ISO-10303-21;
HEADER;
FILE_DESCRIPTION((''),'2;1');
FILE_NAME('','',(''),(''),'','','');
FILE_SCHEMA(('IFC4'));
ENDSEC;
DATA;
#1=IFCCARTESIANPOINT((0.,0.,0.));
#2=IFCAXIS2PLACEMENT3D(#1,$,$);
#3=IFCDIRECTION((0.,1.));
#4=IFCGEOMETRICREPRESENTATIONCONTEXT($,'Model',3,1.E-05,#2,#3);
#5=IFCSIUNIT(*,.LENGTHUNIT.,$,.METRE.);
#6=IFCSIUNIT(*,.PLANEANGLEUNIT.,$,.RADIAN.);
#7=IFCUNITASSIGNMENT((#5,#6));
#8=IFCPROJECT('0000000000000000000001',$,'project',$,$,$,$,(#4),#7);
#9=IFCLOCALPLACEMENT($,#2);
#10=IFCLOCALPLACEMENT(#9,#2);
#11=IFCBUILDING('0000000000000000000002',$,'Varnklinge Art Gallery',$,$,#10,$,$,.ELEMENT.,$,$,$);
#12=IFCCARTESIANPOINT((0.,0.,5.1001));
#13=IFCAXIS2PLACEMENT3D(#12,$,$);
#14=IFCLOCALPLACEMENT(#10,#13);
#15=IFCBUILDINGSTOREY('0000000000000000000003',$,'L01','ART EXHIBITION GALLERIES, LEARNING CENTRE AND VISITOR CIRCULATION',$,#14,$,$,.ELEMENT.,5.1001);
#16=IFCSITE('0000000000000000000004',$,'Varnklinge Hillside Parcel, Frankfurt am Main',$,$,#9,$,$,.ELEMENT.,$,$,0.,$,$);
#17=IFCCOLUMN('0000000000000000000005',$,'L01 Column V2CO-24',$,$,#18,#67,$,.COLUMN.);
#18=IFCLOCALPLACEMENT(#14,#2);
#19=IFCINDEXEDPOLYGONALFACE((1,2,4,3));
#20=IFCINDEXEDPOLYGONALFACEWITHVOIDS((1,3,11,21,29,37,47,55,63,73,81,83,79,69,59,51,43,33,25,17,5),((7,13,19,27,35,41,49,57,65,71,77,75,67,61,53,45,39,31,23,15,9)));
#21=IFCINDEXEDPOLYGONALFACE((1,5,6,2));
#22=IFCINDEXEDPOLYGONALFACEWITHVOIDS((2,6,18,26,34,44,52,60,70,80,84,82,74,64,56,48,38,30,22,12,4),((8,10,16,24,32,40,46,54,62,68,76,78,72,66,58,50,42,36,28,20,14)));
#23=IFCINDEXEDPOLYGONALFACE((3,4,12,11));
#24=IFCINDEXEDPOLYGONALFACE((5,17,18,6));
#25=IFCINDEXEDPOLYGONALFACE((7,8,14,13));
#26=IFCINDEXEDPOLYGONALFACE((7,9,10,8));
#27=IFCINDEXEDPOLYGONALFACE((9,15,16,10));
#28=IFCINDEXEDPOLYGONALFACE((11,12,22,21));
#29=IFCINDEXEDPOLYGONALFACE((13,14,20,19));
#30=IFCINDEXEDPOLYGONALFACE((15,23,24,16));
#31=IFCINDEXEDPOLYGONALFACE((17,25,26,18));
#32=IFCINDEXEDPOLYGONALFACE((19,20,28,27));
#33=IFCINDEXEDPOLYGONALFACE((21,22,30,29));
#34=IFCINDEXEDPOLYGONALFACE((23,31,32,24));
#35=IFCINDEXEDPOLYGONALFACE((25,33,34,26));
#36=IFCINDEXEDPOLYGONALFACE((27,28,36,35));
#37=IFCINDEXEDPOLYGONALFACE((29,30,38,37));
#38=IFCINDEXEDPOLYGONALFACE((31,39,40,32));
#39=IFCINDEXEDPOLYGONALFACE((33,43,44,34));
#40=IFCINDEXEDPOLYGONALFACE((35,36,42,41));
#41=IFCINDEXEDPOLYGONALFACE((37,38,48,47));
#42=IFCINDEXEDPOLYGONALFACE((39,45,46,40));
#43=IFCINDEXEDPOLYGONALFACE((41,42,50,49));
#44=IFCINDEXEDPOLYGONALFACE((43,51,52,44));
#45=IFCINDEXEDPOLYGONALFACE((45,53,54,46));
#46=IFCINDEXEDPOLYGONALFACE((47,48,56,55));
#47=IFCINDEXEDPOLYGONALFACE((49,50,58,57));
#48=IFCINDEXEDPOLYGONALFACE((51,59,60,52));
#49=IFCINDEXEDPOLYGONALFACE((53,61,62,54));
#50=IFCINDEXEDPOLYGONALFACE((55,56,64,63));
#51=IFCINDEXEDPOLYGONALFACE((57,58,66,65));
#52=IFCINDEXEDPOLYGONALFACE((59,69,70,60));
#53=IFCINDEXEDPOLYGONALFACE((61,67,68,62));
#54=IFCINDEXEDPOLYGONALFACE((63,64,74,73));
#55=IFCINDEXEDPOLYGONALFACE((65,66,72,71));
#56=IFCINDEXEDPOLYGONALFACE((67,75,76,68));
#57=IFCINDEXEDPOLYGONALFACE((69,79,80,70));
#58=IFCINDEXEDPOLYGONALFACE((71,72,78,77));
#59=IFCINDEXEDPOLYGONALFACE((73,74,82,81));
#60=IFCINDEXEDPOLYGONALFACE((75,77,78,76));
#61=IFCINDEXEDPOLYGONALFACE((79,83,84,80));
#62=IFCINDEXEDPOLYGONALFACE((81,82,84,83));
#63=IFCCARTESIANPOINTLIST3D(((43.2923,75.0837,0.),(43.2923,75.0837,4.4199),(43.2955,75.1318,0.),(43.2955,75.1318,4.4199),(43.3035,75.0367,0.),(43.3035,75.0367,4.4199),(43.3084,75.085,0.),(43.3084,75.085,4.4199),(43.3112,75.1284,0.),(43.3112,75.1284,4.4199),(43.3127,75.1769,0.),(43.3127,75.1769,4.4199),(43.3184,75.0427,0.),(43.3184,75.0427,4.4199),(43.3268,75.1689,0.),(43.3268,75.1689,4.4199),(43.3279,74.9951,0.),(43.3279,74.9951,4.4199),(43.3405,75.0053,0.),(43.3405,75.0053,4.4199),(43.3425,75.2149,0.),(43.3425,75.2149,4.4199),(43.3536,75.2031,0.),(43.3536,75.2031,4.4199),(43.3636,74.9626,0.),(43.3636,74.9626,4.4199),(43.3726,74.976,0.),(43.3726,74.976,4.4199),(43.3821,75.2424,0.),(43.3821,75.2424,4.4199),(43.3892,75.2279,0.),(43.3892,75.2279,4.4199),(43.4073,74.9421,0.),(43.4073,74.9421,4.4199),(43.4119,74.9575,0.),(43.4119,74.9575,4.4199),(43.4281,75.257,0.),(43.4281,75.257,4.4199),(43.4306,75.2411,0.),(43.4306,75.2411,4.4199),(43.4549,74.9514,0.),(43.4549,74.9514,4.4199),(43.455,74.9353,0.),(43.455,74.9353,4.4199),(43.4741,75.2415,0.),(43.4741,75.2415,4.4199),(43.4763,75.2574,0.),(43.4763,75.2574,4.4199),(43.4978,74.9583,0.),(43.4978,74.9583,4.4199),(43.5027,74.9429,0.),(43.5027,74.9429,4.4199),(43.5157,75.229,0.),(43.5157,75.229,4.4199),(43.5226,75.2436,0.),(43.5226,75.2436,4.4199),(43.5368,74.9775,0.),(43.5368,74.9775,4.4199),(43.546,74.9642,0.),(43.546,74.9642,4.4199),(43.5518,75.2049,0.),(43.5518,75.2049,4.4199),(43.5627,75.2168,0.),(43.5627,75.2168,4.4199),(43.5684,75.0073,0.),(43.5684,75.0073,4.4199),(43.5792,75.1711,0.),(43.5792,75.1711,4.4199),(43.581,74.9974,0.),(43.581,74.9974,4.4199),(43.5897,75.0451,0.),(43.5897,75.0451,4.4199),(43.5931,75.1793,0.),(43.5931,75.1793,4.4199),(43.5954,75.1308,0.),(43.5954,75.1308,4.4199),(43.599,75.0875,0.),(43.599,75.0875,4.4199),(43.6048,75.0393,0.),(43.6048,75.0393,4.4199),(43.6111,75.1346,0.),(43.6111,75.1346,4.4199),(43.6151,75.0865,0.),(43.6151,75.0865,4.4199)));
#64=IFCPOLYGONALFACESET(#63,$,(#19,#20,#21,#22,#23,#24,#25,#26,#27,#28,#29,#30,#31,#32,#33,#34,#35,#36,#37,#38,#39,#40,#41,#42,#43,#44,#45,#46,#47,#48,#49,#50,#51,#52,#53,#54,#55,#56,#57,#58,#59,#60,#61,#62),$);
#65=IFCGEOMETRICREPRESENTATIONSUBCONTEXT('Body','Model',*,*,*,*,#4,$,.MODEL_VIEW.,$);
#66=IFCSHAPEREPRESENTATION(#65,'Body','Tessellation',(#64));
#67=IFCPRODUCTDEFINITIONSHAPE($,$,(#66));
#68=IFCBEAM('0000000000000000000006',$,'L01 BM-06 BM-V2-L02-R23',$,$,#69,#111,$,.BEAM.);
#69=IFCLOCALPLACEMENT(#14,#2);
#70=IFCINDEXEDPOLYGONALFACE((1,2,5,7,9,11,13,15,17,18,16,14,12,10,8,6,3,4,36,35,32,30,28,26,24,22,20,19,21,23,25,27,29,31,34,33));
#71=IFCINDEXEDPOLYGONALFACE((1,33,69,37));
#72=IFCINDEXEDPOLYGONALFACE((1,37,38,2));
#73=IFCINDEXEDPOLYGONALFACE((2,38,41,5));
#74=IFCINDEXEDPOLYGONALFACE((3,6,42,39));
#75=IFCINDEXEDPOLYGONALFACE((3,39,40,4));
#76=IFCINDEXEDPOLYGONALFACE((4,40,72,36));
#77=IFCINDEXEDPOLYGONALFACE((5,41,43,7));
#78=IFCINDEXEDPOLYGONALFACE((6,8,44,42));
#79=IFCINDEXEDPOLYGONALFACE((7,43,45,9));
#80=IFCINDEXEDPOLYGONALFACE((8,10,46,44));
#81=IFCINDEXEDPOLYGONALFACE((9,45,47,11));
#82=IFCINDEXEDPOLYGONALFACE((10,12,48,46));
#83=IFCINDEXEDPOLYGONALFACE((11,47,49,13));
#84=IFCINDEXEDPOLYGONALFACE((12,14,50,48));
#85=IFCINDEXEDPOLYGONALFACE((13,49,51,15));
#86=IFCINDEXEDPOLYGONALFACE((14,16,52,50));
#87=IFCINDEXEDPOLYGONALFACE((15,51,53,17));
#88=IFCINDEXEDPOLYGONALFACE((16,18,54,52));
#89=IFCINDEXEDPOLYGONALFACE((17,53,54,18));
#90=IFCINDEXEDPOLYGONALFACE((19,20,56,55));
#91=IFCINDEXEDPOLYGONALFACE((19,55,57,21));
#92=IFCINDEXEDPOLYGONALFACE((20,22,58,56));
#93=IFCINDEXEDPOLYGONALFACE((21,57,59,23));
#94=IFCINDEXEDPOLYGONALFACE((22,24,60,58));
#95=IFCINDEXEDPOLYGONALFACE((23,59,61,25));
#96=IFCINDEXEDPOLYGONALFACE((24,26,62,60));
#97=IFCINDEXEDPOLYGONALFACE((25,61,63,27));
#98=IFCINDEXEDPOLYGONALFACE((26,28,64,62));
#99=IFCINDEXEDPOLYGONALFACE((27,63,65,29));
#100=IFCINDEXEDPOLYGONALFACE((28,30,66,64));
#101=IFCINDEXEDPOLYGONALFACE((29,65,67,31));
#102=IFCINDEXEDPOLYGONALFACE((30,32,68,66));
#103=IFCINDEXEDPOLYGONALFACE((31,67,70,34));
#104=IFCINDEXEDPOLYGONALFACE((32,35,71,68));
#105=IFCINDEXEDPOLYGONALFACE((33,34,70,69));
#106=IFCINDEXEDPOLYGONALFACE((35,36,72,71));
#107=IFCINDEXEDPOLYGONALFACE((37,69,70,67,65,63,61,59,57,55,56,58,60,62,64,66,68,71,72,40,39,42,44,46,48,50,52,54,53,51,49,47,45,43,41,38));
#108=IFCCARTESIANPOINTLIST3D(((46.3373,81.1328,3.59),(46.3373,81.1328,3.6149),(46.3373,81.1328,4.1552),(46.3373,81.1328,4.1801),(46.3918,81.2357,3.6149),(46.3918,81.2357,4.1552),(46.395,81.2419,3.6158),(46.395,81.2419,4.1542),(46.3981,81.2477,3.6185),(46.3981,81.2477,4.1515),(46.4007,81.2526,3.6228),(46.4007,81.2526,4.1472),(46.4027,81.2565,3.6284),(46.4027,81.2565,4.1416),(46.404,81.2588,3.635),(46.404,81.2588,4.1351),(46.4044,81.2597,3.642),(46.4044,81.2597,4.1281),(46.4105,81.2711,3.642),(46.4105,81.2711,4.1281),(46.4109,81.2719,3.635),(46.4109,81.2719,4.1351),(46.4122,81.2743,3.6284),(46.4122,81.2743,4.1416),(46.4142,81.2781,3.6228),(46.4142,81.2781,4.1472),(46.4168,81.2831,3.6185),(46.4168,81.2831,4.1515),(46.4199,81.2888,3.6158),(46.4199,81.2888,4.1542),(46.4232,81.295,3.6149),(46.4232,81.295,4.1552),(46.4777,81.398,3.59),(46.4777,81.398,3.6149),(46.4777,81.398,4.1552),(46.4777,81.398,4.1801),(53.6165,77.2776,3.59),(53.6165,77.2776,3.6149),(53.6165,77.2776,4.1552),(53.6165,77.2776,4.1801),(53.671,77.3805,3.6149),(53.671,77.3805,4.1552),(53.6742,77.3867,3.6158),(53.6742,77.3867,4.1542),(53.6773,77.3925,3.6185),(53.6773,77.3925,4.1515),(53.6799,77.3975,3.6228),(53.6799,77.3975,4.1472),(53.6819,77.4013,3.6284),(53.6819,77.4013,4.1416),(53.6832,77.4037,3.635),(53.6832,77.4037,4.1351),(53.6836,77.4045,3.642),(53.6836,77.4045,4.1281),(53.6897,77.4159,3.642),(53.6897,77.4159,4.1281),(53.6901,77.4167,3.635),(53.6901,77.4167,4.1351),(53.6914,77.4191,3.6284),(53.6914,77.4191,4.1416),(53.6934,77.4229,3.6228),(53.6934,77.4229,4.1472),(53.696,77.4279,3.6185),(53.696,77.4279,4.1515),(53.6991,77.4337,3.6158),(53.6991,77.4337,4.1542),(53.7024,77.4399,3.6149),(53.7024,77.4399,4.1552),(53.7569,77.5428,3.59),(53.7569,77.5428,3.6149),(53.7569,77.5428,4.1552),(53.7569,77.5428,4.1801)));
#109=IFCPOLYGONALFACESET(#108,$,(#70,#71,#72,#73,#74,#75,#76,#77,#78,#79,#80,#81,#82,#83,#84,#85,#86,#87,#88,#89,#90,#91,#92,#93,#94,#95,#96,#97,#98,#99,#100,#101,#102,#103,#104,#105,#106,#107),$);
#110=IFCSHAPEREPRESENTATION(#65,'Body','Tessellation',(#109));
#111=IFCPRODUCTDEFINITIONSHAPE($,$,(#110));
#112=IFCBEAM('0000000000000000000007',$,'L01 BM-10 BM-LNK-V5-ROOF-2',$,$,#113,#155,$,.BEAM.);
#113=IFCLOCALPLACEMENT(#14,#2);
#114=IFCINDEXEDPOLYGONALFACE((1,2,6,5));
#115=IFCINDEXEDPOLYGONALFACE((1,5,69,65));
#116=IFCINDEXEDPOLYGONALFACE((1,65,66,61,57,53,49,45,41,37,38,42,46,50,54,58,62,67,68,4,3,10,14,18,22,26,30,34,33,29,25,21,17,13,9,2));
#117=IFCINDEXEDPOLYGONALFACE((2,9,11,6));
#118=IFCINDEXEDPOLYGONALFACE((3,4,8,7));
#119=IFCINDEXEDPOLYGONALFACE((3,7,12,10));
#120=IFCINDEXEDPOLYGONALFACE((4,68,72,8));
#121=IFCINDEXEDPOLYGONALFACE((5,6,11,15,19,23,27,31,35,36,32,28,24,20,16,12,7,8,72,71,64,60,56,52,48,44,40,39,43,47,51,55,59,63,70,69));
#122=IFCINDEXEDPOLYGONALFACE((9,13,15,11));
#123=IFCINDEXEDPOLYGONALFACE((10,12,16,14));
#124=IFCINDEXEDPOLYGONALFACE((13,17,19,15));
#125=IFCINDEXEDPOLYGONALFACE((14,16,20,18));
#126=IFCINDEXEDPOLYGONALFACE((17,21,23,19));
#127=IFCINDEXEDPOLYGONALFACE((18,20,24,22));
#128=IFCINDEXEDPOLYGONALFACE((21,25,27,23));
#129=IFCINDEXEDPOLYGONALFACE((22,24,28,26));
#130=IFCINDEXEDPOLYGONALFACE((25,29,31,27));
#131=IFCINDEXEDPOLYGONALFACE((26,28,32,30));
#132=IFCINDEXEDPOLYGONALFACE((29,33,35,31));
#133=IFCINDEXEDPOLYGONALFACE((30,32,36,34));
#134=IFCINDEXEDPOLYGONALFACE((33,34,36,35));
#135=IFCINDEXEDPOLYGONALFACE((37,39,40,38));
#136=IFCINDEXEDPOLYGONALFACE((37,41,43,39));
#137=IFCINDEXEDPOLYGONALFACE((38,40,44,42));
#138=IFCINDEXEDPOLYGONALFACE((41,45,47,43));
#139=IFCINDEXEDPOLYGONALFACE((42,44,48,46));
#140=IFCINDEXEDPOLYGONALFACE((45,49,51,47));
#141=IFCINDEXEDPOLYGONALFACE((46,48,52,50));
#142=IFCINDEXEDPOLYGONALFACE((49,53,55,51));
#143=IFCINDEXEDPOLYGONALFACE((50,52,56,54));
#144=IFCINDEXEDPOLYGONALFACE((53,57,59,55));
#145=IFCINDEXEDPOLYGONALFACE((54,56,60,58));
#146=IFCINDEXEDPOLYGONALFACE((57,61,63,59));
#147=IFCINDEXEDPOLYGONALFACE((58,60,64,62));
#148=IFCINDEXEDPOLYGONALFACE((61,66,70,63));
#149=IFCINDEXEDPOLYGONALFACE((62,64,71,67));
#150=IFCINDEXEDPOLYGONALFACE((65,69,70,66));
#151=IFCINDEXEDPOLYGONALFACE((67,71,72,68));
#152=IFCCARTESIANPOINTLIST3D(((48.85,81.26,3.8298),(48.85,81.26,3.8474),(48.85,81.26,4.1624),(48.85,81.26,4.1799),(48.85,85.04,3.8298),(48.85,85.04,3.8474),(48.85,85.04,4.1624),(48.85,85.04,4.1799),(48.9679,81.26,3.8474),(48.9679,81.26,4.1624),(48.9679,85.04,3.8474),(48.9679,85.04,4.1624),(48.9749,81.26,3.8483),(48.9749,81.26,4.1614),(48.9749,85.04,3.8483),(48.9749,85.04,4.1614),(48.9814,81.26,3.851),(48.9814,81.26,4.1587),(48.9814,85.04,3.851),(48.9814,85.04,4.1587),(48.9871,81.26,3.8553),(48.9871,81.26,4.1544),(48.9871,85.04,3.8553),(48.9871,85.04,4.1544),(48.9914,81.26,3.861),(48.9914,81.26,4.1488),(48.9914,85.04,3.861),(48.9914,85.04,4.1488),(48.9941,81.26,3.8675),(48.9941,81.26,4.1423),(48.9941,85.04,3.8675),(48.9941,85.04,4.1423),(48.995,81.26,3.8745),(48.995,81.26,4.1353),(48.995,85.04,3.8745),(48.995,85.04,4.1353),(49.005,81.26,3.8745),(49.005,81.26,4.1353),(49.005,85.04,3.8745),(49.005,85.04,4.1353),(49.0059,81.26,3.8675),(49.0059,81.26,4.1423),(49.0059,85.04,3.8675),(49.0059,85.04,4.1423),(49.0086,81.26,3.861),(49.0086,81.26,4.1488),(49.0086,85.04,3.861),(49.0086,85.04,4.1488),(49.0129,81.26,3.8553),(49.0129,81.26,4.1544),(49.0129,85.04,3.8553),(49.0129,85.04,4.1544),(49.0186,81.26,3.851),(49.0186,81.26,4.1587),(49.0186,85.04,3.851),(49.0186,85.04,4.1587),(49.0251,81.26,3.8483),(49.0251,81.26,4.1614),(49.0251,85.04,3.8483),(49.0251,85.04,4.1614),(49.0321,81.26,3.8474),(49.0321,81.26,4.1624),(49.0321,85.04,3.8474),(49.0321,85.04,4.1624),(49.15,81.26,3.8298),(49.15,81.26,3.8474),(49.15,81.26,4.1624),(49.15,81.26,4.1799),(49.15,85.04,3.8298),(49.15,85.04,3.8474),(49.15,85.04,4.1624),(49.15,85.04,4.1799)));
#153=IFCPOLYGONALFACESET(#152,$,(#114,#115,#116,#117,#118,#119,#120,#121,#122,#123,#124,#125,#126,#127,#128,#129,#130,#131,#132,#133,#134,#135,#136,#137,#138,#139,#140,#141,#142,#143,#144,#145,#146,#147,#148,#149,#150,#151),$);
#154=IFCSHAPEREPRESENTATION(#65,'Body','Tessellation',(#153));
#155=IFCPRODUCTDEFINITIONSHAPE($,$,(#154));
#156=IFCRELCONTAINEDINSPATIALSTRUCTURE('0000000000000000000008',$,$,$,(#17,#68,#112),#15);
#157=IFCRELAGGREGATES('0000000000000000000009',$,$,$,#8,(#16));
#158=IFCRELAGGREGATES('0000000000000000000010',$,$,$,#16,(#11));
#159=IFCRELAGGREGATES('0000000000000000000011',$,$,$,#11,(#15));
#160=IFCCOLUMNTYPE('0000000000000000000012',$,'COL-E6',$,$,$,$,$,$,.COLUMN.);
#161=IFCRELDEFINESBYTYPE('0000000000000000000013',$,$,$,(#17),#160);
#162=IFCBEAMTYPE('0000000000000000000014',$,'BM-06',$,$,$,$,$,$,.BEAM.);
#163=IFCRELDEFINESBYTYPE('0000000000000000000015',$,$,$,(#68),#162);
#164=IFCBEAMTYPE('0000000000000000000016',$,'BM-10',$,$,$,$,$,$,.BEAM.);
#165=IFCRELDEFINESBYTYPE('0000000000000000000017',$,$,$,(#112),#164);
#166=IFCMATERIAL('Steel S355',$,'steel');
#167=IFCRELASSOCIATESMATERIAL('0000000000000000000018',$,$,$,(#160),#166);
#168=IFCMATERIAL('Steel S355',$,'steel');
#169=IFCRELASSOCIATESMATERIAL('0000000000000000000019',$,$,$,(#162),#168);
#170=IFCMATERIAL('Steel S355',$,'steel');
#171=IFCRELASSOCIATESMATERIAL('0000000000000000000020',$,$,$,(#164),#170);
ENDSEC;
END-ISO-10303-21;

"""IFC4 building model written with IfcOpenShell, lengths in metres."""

from ifc_helpers import new_model, si_unit, direction, frame, origin, origin_2d, place, context, subcontext, project, spatial, hollow_circle, i_section, extrude, material, material_profile, profile_set, type_object, element, save


model = new_model("IFC4")

# Units and contexts
model_context = context("Model", 3, precision=1e-05, world=origin(), true_north=direction((0.0, 1.0)))
body_context = subcontext(model_context, "Body", "Model", "MODEL_VIEW")
ifc_project = project(units=[si_unit("LENGTHUNIT", "METRE"), si_unit("PLANEANGLEUNIT", "RADIAN")], contexts=[model_context])

# Site, building, storey
site_placement = place(None, origin())
site = spatial("IfcSite", under=ifc_project, at=site_placement, Name="Varnklinge Hillside Parcel, Frankfurt am Main", CompositionType="ELEMENT", RefElevation=0.0)
building_placement = place(site_placement, origin())
building = spatial("IfcBuilding", under=site, at=building_placement, Name="Varnklinge Art Gallery", CompositionType="ELEMENT")
storey_placement = place(building_placement, frame((0.0, 0.0, 5.1001)))
storey = spatial("IfcBuildingStorey", under=building, at=storey_placement, Name="L01", Description="ART EXHIBITION GALLERIES, LEARNING CENTRE AND VISITOR CIRCULATION", CompositionType="ELEMENT", Elevation=5.1001)

# Column
ifc_material_1 = material(Name="Steel S355", Category="steel")
ifc_material_profile_1 = material_profile(ifc_material_1, hollow_circle(Radius=0.1619, WallThickness=0.0161, at=origin_2d()), Name="CHS 323.9x16")
ifc_profile_set_1 = profile_set([ifc_material_profile_1], Name="Steel S355")
column_type_1 = type_object("IfcColumnType", Name="COL-E6", PredefinedType="COLUMN", material=ifc_profile_set_1)
for number, where, z_axis, x_axis, name in (
    (1, (43.4536, 75.0972, 0.0), (0.0, 0.0, 1.0), (0.934018, -0.357227, 0.0), "L01 Column V2CO-24"),
):
    element("IfcColumn", number, at=place(storey_placement, frame(where, z_axis=z_axis, x_axis=x_axis)), inside=storey, type_object=column_type_1, Name=name, PredefinedType="COLUMN", context=body_context, shape_type="SweptSolid", body=[
        extrude(hollow_circle(Radius=0.1619, WallThickness=0.0161, at=origin_2d()), origin(), (0.0, 0.0, 1.0), 4.4199),
    ])

# Beams
ifc_material_2 = material(Name="Steel S355", Category="steel")
ifc_material_profile_2 = material_profile(ifc_material_2, i_section(OverallWidth=0.3, OverallDepth=0.5901, WebThickness=0.0129, FlangeThickness=0.0249, FilletRadius=0.0271, at=origin_2d()), Name="HEA 600")
ifc_profile_set_2 = profile_set([ifc_material_profile_2], Name="Steel S355")
beam_type_1 = type_object("IfcBeamType", Name="BM-06", PredefinedType="BEAM", material=ifc_profile_set_2)
beam_1_placement = place(storey_placement, frame((46.4075, 81.2654, 3.885), z_axis=(0.883714, -0.468028, 0.0), x_axis=(0.468028, 0.883714, 0.0)))
element("IfcBeam", 2, at=beam_1_placement, inside=storey, type_object=beam_type_1, Name="L01 BM-06 BM-V2-L02-R23", PredefinedType="BEAM", context=body_context, shape_type="SweptSolid", body=[
    extrude(i_section(OverallWidth=0.3, OverallDepth=0.5901, WebThickness=0.0129, FlangeThickness=0.0249, FilletRadius=0.0271, at=origin_2d()), origin(), (0.0, 0.0, 1.0), 8.2371),
])
ifc_material_3 = material(Name="Steel S355", Category="steel")
ifc_material_profile_3 = material_profile(ifc_material_3, i_section(OverallWidth=0.3, OverallDepth=0.3501, WebThickness=0.01, FlangeThickness=0.0176, FilletRadius=0.0271, at=origin_2d()), Name="HEA 360")
ifc_profile_set_3 = profile_set([ifc_material_profile_3], Name="Steel S355")
beam_type_2 = type_object("IfcBeamType", Name="BM-10", PredefinedType="BEAM", material=ifc_profile_set_3)
beam_2_placement = place(storey_placement, frame((49.0, 81.26, 4.0049), z_axis=(0.0, 1.0, 0.0), x_axis=(-1.0, 0.0, 0.0)))
element("IfcBeam", 3, at=beam_2_placement, inside=storey, type_object=beam_type_2, Name="L01 BM-10 BM-LNK-V5-ROOF-2", PredefinedType="BEAM", context=body_context, shape_type="SweptSolid", body=[
    extrude(i_section(OverallWidth=0.3, OverallDepth=0.3501, WebThickness=0.01, FlangeThickness=0.0176, FilletRadius=0.0271, at=origin_2d()), origin(), (0.0, 0.0, 1.0), 3.78),
])

save(model, "model.ifc")
